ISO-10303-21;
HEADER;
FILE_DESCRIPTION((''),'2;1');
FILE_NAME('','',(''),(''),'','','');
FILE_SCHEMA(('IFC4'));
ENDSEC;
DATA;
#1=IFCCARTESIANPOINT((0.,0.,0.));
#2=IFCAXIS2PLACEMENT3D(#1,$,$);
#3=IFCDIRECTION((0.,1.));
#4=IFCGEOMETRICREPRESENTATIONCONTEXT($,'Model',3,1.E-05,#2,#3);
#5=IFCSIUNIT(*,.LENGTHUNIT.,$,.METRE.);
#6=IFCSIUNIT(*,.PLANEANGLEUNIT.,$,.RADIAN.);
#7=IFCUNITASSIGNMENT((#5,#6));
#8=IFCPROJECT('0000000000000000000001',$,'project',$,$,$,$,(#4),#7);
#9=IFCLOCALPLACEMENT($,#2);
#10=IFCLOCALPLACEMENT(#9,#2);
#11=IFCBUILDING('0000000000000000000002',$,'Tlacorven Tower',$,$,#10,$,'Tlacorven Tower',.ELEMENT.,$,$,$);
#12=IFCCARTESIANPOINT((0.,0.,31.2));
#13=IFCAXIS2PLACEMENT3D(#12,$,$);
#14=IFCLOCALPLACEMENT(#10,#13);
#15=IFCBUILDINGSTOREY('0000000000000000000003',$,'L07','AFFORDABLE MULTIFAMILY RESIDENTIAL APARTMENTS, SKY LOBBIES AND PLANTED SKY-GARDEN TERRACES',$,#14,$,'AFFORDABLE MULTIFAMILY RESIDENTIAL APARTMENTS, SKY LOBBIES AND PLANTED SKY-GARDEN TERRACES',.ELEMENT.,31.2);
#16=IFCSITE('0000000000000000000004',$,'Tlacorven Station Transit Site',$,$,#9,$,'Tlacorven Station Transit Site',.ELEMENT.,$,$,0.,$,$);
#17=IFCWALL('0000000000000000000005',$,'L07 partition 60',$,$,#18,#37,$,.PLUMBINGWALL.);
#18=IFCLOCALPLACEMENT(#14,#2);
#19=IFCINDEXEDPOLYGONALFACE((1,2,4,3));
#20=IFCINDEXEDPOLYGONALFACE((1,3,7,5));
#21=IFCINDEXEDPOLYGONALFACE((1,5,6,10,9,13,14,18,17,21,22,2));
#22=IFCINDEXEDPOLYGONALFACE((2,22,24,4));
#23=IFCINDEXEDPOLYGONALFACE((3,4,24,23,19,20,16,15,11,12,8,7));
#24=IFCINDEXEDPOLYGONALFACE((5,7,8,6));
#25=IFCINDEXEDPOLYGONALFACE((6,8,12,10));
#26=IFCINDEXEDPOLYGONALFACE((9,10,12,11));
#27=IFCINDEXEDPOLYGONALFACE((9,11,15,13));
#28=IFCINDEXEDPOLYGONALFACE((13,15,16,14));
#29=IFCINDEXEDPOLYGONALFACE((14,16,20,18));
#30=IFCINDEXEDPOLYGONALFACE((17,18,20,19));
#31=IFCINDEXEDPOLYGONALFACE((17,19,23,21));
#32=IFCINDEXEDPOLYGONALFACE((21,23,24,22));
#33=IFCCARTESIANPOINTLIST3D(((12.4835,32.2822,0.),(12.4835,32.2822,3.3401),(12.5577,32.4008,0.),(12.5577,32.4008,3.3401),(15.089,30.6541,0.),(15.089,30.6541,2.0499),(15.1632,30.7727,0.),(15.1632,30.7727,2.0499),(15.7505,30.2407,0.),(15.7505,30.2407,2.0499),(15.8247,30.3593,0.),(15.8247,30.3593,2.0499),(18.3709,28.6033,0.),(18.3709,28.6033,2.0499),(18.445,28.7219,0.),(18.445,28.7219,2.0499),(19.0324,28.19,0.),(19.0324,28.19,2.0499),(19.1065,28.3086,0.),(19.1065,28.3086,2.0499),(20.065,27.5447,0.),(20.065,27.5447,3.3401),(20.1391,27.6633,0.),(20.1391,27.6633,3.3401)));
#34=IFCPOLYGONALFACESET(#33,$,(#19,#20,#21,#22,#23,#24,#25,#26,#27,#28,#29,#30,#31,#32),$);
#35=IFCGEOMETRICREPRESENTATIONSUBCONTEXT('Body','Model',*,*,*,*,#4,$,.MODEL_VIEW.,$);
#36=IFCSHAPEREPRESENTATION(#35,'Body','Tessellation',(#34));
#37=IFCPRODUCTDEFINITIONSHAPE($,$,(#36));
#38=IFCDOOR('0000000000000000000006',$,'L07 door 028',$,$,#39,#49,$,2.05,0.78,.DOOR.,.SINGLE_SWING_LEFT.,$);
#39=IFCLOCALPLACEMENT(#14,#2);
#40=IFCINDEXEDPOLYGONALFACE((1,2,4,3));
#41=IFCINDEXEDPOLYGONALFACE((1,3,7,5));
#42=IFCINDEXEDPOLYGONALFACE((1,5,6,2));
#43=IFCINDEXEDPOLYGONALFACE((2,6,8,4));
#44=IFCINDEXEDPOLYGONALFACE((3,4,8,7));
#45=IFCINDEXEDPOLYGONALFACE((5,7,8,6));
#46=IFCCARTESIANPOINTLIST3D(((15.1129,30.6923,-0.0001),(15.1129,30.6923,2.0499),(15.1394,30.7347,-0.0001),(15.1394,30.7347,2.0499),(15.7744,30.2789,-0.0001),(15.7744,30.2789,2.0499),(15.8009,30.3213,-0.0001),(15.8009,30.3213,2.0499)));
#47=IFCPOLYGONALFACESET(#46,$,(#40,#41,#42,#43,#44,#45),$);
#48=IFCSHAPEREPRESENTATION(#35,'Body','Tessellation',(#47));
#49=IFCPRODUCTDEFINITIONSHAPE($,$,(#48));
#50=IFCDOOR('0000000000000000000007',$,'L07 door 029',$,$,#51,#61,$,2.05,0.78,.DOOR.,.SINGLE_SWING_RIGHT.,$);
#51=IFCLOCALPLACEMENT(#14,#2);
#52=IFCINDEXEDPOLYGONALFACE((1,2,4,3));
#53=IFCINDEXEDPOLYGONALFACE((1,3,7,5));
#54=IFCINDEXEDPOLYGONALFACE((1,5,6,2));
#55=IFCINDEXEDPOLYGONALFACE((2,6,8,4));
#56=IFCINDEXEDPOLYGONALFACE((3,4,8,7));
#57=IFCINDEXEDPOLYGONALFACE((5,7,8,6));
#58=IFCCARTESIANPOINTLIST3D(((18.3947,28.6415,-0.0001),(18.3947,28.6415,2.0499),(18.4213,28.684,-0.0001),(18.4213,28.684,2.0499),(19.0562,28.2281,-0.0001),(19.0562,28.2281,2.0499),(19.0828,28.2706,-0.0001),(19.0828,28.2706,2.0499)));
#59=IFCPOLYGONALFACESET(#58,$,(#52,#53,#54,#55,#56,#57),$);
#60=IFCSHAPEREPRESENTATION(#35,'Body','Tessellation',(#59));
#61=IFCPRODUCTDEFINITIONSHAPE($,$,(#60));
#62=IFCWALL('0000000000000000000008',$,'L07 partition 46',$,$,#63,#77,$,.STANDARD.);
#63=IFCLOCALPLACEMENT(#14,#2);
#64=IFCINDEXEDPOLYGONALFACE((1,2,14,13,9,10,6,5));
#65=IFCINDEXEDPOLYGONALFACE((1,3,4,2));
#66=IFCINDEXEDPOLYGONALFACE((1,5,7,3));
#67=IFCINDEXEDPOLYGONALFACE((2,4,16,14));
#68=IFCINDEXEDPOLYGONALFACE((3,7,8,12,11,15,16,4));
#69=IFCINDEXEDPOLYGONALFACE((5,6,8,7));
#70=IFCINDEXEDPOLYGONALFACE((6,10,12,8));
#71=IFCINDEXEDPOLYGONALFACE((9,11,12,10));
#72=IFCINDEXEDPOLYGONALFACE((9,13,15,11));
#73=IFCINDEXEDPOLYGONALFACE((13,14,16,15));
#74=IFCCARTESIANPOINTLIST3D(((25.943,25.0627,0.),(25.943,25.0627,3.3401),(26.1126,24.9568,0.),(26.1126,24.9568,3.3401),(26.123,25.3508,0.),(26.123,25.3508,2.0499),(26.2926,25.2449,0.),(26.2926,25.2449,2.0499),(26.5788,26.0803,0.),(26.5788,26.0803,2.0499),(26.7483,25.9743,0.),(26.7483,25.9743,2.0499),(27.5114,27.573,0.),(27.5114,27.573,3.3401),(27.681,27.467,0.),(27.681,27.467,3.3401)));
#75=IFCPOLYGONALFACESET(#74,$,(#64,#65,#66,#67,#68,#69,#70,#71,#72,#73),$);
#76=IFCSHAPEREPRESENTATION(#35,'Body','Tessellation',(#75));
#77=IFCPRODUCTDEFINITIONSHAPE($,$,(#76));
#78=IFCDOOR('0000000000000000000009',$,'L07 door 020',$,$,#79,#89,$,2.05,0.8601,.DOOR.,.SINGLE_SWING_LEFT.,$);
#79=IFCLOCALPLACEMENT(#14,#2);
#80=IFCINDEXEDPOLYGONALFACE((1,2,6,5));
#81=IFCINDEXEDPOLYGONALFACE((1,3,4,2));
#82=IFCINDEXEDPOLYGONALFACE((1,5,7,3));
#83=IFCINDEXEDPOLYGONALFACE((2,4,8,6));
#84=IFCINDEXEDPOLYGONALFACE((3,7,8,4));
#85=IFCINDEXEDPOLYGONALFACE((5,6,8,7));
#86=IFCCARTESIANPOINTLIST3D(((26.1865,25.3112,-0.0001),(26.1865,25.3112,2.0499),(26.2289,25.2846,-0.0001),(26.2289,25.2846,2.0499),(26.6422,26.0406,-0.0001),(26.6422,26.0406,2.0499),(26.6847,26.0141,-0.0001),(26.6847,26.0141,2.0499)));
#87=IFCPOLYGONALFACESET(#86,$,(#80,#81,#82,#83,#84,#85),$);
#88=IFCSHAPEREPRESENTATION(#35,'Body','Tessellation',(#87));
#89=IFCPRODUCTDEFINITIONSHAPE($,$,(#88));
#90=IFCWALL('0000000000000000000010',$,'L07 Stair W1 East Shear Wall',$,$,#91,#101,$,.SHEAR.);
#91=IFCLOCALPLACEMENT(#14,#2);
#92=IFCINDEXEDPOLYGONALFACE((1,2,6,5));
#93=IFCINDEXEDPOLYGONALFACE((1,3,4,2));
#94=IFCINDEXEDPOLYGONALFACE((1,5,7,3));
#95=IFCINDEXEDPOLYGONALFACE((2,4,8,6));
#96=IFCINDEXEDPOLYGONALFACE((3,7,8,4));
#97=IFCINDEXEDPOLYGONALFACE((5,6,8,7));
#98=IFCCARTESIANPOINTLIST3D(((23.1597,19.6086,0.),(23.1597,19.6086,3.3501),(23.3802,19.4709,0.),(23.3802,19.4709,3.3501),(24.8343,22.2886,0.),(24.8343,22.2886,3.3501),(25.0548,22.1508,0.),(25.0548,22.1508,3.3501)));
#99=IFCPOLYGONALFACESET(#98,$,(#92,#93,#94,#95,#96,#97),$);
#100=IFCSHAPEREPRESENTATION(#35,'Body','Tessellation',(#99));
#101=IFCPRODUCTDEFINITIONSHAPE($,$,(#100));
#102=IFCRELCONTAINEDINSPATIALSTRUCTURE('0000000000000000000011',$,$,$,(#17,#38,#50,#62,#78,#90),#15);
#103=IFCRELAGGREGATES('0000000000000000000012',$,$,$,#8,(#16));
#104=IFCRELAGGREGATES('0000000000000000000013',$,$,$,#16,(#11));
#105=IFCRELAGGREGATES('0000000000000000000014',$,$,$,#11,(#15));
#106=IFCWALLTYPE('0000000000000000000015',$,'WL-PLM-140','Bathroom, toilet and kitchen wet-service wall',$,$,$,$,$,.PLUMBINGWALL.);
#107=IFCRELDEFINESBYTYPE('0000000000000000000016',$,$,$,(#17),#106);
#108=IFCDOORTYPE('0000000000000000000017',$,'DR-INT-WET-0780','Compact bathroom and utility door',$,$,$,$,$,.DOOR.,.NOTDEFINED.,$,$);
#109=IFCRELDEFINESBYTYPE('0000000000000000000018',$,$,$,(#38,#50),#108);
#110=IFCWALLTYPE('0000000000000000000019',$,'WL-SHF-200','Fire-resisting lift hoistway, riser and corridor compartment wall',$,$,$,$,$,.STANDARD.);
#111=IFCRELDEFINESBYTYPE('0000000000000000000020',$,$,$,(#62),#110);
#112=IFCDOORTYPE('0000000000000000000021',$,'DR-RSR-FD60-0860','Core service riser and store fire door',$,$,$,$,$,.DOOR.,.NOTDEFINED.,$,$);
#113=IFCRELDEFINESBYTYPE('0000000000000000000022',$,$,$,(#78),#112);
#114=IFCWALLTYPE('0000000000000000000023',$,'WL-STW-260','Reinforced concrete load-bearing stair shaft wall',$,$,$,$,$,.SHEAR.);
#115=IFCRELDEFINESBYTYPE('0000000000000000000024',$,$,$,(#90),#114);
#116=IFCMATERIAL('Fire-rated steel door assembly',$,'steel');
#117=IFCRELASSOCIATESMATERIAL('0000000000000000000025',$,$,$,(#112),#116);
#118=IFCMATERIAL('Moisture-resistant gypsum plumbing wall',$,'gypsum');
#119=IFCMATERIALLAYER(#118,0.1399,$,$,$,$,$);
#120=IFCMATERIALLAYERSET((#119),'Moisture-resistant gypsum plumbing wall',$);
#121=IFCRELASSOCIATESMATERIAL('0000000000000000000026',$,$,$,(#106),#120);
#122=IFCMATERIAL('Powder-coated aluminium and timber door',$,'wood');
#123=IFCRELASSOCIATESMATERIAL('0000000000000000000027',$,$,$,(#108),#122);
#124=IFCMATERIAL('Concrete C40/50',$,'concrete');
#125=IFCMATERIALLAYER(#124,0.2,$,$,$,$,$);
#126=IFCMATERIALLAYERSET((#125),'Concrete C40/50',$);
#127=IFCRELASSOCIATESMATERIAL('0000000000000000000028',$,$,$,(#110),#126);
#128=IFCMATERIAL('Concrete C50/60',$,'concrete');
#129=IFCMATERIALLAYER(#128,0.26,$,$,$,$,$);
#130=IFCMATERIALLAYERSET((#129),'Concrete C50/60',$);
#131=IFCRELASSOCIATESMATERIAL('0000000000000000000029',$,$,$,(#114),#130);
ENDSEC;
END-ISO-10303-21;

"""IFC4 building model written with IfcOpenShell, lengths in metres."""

from ifc_helpers import new_model, si_unit, direction, frame, frame_2d, origin, place, context, subcontext, project, spatial, rectangle, extrude, source, transform, mapped, material, layer, layer_set, type_object, element, fill, save


model = new_model("IFC4")

# Units and contexts
model_context = context("Model", 3, precision=1e-05, world=origin(), true_north=direction((0.0, 1.0)))
body_context = subcontext(model_context, "Body", "Model", "MODEL_VIEW")
ifc_project = project(units=[si_unit("LENGTHUNIT", "METRE"), si_unit("PLANEANGLEUNIT", "RADIAN")], contexts=[model_context])

# Site, building, storey
site_placement = place(None, origin())
site = spatial("IfcSite", under=ifc_project, at=site_placement, Name="Tlacorven Station Transit Site", LongName="Tlacorven Station Transit Site", CompositionType="ELEMENT", RefElevation=0.0)
building_placement = place(site_placement, origin())
building = spatial("IfcBuilding", under=site, at=building_placement, Name="Tlacorven Tower", LongName="Tlacorven Tower", CompositionType="ELEMENT")
storey_placement = place(building_placement, frame((0.0, 0.0, 31.2)))
storey = spatial("IfcBuildingStorey", under=building, at=storey_placement, Name="L07", Description="AFFORDABLE MULTIFAMILY RESIDENTIAL APARTMENTS, SKY LOBBIES AND PLANTED SKY-GARDEN TERRACES", LongName="AFFORDABLE MULTIFAMILY RESIDENTIAL APARTMENTS, SKY LOBBIES AND PLANTED SKY-GARDEN TERRACES", CompositionType="ELEMENT", Elevation=31.2)

# Shared definitions
ifc_material_1 = material(Name="Fire-rated steel door assembly", Category="steel")
door_type_1 = type_object("IfcDoorType", Name="DR-RSR-FD60-0860", Description="Core service riser and store fire door", OperationType="NOTDEFINED", PredefinedType="DOOR", material=ifc_material_1)
shared_shape_1 = source(origin(), body_context, "Body", "SweptSolid", [
    extrude(rectangle(XDim=0.8601, YDim=2.05, at=frame_2d((0.4302, 1.0249))), frame((0.0, 0.0249, 0.0), z_axis=(0.0, -1.0, 0.0), x_axis=(1.0, 0.0, 0.0)), (0.0, 0.0, 1.0), 0.05),
])

# Shared definitions
ifc_material_2 = material(Name="Powder-coated aluminium and timber door", Category="wood")

# Shared definitions
ifc_material_3 = material(Name="Moisture-resistant gypsum plumbing wall", Category="gypsum")
ifc_layer_1 = layer(ifc_material_3, 0.1399)
ifc_layer_set_1 = layer_set([ifc_layer_1], Name="Moisture-resistant gypsum plumbing wall")
wall_type_1 = type_object("IfcWallType", Name="WL-PLM-140", Description="Bathroom, toilet and kitchen wet-service wall", PredefinedType="PLUMBINGWALL", material=ifc_layer_set_1)

# Wall, openings, doors
wall_1_placement = place(storey_placement, frame((20.1021, 27.604, 0.0), z_axis=(0.0, 0.0, 1.0), x_axis=(-0.848044, 0.529925, 0.0)))
wall_1 = element("IfcWall", 1, at=wall_1_placement, inside=storey, type_object=wall_type_1, Name="L07 partition 60", PredefinedType="PLUMBINGWALL", context=body_context, shape_type="SweptSolid", body=[
    extrude(rectangle(XDim=8.9399, YDim=0.1399, at=frame_2d((4.47, 0.0))), origin(), (0.0, 0.0, 1.0), 3.3401),
])
opening_1_placement = place(wall_1_placement, frame((5.0874, 0.0, 0.0)))
opening_1 = element("IfcOpeningElement", 2, at=opening_1_placement, cuts=wall_1, PredefinedType="OPENING", context=body_context, shape_type="SweptSolid", body=[
    extrude(rectangle(XDim=0.78, YDim=2.05, at=frame_2d((0.3901, 1.0249))), frame((0.0, 0.0801, 0.0), z_axis=(0.0, -1.0, 0.0), x_axis=(1.0, 0.0, 0.0)), (0.0, 0.0, 1.0), 0.1599),
])
opening_2_placement = place(wall_1_placement, frame((1.2175, 0.0, 0.0)))
opening_2 = element("IfcOpeningElement", 3, at=opening_2_placement, cuts=wall_1, PredefinedType="OPENING", context=body_context, shape_type="SweptSolid", body=[
    extrude(rectangle(XDim=0.78, YDim=2.05, at=frame_2d((0.3901, 1.0249))), frame((0.0, 0.0801, 0.0), z_axis=(0.0, -1.0, 0.0), x_axis=(1.0, 0.0, 0.0)), (0.0, 0.0, 1.0), 0.1599),
])
door_type_2 = type_object("IfcDoorType", Name="DR-INT-WET-0780", Description="Compact bathroom and utility door", OperationType="NOTDEFINED", PredefinedType="DOOR", material=ifc_material_2)
shared_shape_2 = source(origin(), body_context, "Body", "SweptSolid", [
    extrude(rectangle(XDim=0.78, YDim=2.05, at=frame_2d((0.3901, 1.0249))), frame((0.0, 0.0249, 0.0), z_axis=(0.0, -1.0, 0.0), x_axis=(1.0, 0.0, 0.0)), (0.0, 0.0, 1.0), 0.05),
])
door_1_placement = place(opening_1_placement, origin())
door_1 = element("IfcDoor", 4, at=door_1_placement, inside=storey, type_object=door_type_2, Name="L07 door 028", OperationType="SINGLE_SWING_LEFT", OverallHeight=2.05, OverallWidth=0.78, PredefinedType="DOOR", context=body_context, shape_type="MappedRepresentation", body=[
    mapped(shared_shape_2, transform((0.0, 0.0, 0.0), scale=1.0)),
])
fill(opening_1, door_1)
door_2_placement = place(opening_2_placement, origin())
door_2 = element("IfcDoor", 5, at=door_2_placement, inside=storey, type_object=door_type_2, Name="L07 door 029", OperationType="SINGLE_SWING_RIGHT", OverallHeight=2.05, OverallWidth=0.78, PredefinedType="DOOR", context=body_context, shape_type="MappedRepresentation", body=[
    mapped(shared_shape_2, transform((0.0, 0.0, 0.0), scale=1.0)),
])
fill(opening_2, door_2)

# Wall, opening, door
ifc_material_4 = material(Name="Concrete C40/50", Category="concrete")
ifc_layer_2 = layer(ifc_material_4, 0.2)
ifc_layer_set_2 = layer_set([ifc_layer_2], Name="Concrete C40/50")
wall_type_2 = type_object("IfcWallType", Name="WL-SHF-200", Description="Fire-resisting lift hoistway, riser and corridor compartment wall", PredefinedType="STANDARD", material=ifc_layer_set_2)
wall_2_placement = place(storey_placement, frame((27.5962, 27.52, 0.0), z_axis=(0.0, 0.0, 1.0), x_axis=(-0.529865, -0.848082, 0.0)))
wall_2 = element("IfcWall", 6, at=wall_2_placement, inside=storey, type_object=wall_type_2, Name="L07 partition 46", PredefinedType="STANDARD", context=body_context, shape_type="SweptSolid", body=[
    extrude(rectangle(XDim=2.96, YDim=0.2, at=frame_2d((1.48, 0.0))), origin(), (0.0, 0.0, 1.0), 3.3401),
])
opening_3_placement = place(wall_2_placement, frame((1.76, 0.0, 0.0)))
opening_3 = element("IfcOpeningElement", 7, at=opening_3_placement, cuts=wall_2, PredefinedType="OPENING", context=body_context, shape_type="SweptSolid", body=[
    extrude(rectangle(XDim=0.8601, YDim=2.05, at=frame_2d((0.4302, 1.0249))), frame((0.0, 0.1099, 0.0), z_axis=(0.0, -1.0, 0.0), x_axis=(1.0, 0.0, 0.0)), (0.0, 0.0, 1.0), 0.22),
])
door_3_placement = place(opening_3_placement, origin())
door_3 = element("IfcDoor", 8, at=door_3_placement, inside=storey, type_object=door_type_1, Name="L07 door 020", OperationType="SINGLE_SWING_LEFT", OverallHeight=2.05, OverallWidth=0.8601, PredefinedType="DOOR", context=body_context, shape_type="MappedRepresentation", body=[
    mapped(shared_shape_1, transform((0.0, 0.0, 0.0), scale=1.0)),
])
fill(opening_3, door_3)

# Wall
ifc_material_5 = material(Name="Concrete C50/60", Category="concrete")
ifc_layer_3 = layer(ifc_material_5, 0.26)
ifc_layer_set_3 = layer_set([ifc_layer_3], Name="Concrete C50/60")
wall_type_3 = type_object("IfcWallType", Name="WL-STW-260", Description="Reinforced concrete load-bearing stair shaft wall", PredefinedType="SHEAR", material=ifc_layer_set_3)
wall_3_placement = place(storey_placement, frame((24.9446, 22.2197, 0.0), z_axis=(0.0, 0.0, 1.0), x_axis=(-0.529909, -0.848055, 0.0)))
element("IfcWall", 9, at=wall_3_placement, inside=storey, type_object=wall_type_3, Name="L07 Stair W1 East Shear Wall", PredefinedType="SHEAR", context=body_context, shape_type="SweptSolid", body=[
    extrude(rectangle(XDim=3.1602, YDim=0.26, at=frame_2d((1.5801, 0.0))), origin(), (0.0, 0.0, 1.0), 3.3501),
])

save(model, "model.ifc")
